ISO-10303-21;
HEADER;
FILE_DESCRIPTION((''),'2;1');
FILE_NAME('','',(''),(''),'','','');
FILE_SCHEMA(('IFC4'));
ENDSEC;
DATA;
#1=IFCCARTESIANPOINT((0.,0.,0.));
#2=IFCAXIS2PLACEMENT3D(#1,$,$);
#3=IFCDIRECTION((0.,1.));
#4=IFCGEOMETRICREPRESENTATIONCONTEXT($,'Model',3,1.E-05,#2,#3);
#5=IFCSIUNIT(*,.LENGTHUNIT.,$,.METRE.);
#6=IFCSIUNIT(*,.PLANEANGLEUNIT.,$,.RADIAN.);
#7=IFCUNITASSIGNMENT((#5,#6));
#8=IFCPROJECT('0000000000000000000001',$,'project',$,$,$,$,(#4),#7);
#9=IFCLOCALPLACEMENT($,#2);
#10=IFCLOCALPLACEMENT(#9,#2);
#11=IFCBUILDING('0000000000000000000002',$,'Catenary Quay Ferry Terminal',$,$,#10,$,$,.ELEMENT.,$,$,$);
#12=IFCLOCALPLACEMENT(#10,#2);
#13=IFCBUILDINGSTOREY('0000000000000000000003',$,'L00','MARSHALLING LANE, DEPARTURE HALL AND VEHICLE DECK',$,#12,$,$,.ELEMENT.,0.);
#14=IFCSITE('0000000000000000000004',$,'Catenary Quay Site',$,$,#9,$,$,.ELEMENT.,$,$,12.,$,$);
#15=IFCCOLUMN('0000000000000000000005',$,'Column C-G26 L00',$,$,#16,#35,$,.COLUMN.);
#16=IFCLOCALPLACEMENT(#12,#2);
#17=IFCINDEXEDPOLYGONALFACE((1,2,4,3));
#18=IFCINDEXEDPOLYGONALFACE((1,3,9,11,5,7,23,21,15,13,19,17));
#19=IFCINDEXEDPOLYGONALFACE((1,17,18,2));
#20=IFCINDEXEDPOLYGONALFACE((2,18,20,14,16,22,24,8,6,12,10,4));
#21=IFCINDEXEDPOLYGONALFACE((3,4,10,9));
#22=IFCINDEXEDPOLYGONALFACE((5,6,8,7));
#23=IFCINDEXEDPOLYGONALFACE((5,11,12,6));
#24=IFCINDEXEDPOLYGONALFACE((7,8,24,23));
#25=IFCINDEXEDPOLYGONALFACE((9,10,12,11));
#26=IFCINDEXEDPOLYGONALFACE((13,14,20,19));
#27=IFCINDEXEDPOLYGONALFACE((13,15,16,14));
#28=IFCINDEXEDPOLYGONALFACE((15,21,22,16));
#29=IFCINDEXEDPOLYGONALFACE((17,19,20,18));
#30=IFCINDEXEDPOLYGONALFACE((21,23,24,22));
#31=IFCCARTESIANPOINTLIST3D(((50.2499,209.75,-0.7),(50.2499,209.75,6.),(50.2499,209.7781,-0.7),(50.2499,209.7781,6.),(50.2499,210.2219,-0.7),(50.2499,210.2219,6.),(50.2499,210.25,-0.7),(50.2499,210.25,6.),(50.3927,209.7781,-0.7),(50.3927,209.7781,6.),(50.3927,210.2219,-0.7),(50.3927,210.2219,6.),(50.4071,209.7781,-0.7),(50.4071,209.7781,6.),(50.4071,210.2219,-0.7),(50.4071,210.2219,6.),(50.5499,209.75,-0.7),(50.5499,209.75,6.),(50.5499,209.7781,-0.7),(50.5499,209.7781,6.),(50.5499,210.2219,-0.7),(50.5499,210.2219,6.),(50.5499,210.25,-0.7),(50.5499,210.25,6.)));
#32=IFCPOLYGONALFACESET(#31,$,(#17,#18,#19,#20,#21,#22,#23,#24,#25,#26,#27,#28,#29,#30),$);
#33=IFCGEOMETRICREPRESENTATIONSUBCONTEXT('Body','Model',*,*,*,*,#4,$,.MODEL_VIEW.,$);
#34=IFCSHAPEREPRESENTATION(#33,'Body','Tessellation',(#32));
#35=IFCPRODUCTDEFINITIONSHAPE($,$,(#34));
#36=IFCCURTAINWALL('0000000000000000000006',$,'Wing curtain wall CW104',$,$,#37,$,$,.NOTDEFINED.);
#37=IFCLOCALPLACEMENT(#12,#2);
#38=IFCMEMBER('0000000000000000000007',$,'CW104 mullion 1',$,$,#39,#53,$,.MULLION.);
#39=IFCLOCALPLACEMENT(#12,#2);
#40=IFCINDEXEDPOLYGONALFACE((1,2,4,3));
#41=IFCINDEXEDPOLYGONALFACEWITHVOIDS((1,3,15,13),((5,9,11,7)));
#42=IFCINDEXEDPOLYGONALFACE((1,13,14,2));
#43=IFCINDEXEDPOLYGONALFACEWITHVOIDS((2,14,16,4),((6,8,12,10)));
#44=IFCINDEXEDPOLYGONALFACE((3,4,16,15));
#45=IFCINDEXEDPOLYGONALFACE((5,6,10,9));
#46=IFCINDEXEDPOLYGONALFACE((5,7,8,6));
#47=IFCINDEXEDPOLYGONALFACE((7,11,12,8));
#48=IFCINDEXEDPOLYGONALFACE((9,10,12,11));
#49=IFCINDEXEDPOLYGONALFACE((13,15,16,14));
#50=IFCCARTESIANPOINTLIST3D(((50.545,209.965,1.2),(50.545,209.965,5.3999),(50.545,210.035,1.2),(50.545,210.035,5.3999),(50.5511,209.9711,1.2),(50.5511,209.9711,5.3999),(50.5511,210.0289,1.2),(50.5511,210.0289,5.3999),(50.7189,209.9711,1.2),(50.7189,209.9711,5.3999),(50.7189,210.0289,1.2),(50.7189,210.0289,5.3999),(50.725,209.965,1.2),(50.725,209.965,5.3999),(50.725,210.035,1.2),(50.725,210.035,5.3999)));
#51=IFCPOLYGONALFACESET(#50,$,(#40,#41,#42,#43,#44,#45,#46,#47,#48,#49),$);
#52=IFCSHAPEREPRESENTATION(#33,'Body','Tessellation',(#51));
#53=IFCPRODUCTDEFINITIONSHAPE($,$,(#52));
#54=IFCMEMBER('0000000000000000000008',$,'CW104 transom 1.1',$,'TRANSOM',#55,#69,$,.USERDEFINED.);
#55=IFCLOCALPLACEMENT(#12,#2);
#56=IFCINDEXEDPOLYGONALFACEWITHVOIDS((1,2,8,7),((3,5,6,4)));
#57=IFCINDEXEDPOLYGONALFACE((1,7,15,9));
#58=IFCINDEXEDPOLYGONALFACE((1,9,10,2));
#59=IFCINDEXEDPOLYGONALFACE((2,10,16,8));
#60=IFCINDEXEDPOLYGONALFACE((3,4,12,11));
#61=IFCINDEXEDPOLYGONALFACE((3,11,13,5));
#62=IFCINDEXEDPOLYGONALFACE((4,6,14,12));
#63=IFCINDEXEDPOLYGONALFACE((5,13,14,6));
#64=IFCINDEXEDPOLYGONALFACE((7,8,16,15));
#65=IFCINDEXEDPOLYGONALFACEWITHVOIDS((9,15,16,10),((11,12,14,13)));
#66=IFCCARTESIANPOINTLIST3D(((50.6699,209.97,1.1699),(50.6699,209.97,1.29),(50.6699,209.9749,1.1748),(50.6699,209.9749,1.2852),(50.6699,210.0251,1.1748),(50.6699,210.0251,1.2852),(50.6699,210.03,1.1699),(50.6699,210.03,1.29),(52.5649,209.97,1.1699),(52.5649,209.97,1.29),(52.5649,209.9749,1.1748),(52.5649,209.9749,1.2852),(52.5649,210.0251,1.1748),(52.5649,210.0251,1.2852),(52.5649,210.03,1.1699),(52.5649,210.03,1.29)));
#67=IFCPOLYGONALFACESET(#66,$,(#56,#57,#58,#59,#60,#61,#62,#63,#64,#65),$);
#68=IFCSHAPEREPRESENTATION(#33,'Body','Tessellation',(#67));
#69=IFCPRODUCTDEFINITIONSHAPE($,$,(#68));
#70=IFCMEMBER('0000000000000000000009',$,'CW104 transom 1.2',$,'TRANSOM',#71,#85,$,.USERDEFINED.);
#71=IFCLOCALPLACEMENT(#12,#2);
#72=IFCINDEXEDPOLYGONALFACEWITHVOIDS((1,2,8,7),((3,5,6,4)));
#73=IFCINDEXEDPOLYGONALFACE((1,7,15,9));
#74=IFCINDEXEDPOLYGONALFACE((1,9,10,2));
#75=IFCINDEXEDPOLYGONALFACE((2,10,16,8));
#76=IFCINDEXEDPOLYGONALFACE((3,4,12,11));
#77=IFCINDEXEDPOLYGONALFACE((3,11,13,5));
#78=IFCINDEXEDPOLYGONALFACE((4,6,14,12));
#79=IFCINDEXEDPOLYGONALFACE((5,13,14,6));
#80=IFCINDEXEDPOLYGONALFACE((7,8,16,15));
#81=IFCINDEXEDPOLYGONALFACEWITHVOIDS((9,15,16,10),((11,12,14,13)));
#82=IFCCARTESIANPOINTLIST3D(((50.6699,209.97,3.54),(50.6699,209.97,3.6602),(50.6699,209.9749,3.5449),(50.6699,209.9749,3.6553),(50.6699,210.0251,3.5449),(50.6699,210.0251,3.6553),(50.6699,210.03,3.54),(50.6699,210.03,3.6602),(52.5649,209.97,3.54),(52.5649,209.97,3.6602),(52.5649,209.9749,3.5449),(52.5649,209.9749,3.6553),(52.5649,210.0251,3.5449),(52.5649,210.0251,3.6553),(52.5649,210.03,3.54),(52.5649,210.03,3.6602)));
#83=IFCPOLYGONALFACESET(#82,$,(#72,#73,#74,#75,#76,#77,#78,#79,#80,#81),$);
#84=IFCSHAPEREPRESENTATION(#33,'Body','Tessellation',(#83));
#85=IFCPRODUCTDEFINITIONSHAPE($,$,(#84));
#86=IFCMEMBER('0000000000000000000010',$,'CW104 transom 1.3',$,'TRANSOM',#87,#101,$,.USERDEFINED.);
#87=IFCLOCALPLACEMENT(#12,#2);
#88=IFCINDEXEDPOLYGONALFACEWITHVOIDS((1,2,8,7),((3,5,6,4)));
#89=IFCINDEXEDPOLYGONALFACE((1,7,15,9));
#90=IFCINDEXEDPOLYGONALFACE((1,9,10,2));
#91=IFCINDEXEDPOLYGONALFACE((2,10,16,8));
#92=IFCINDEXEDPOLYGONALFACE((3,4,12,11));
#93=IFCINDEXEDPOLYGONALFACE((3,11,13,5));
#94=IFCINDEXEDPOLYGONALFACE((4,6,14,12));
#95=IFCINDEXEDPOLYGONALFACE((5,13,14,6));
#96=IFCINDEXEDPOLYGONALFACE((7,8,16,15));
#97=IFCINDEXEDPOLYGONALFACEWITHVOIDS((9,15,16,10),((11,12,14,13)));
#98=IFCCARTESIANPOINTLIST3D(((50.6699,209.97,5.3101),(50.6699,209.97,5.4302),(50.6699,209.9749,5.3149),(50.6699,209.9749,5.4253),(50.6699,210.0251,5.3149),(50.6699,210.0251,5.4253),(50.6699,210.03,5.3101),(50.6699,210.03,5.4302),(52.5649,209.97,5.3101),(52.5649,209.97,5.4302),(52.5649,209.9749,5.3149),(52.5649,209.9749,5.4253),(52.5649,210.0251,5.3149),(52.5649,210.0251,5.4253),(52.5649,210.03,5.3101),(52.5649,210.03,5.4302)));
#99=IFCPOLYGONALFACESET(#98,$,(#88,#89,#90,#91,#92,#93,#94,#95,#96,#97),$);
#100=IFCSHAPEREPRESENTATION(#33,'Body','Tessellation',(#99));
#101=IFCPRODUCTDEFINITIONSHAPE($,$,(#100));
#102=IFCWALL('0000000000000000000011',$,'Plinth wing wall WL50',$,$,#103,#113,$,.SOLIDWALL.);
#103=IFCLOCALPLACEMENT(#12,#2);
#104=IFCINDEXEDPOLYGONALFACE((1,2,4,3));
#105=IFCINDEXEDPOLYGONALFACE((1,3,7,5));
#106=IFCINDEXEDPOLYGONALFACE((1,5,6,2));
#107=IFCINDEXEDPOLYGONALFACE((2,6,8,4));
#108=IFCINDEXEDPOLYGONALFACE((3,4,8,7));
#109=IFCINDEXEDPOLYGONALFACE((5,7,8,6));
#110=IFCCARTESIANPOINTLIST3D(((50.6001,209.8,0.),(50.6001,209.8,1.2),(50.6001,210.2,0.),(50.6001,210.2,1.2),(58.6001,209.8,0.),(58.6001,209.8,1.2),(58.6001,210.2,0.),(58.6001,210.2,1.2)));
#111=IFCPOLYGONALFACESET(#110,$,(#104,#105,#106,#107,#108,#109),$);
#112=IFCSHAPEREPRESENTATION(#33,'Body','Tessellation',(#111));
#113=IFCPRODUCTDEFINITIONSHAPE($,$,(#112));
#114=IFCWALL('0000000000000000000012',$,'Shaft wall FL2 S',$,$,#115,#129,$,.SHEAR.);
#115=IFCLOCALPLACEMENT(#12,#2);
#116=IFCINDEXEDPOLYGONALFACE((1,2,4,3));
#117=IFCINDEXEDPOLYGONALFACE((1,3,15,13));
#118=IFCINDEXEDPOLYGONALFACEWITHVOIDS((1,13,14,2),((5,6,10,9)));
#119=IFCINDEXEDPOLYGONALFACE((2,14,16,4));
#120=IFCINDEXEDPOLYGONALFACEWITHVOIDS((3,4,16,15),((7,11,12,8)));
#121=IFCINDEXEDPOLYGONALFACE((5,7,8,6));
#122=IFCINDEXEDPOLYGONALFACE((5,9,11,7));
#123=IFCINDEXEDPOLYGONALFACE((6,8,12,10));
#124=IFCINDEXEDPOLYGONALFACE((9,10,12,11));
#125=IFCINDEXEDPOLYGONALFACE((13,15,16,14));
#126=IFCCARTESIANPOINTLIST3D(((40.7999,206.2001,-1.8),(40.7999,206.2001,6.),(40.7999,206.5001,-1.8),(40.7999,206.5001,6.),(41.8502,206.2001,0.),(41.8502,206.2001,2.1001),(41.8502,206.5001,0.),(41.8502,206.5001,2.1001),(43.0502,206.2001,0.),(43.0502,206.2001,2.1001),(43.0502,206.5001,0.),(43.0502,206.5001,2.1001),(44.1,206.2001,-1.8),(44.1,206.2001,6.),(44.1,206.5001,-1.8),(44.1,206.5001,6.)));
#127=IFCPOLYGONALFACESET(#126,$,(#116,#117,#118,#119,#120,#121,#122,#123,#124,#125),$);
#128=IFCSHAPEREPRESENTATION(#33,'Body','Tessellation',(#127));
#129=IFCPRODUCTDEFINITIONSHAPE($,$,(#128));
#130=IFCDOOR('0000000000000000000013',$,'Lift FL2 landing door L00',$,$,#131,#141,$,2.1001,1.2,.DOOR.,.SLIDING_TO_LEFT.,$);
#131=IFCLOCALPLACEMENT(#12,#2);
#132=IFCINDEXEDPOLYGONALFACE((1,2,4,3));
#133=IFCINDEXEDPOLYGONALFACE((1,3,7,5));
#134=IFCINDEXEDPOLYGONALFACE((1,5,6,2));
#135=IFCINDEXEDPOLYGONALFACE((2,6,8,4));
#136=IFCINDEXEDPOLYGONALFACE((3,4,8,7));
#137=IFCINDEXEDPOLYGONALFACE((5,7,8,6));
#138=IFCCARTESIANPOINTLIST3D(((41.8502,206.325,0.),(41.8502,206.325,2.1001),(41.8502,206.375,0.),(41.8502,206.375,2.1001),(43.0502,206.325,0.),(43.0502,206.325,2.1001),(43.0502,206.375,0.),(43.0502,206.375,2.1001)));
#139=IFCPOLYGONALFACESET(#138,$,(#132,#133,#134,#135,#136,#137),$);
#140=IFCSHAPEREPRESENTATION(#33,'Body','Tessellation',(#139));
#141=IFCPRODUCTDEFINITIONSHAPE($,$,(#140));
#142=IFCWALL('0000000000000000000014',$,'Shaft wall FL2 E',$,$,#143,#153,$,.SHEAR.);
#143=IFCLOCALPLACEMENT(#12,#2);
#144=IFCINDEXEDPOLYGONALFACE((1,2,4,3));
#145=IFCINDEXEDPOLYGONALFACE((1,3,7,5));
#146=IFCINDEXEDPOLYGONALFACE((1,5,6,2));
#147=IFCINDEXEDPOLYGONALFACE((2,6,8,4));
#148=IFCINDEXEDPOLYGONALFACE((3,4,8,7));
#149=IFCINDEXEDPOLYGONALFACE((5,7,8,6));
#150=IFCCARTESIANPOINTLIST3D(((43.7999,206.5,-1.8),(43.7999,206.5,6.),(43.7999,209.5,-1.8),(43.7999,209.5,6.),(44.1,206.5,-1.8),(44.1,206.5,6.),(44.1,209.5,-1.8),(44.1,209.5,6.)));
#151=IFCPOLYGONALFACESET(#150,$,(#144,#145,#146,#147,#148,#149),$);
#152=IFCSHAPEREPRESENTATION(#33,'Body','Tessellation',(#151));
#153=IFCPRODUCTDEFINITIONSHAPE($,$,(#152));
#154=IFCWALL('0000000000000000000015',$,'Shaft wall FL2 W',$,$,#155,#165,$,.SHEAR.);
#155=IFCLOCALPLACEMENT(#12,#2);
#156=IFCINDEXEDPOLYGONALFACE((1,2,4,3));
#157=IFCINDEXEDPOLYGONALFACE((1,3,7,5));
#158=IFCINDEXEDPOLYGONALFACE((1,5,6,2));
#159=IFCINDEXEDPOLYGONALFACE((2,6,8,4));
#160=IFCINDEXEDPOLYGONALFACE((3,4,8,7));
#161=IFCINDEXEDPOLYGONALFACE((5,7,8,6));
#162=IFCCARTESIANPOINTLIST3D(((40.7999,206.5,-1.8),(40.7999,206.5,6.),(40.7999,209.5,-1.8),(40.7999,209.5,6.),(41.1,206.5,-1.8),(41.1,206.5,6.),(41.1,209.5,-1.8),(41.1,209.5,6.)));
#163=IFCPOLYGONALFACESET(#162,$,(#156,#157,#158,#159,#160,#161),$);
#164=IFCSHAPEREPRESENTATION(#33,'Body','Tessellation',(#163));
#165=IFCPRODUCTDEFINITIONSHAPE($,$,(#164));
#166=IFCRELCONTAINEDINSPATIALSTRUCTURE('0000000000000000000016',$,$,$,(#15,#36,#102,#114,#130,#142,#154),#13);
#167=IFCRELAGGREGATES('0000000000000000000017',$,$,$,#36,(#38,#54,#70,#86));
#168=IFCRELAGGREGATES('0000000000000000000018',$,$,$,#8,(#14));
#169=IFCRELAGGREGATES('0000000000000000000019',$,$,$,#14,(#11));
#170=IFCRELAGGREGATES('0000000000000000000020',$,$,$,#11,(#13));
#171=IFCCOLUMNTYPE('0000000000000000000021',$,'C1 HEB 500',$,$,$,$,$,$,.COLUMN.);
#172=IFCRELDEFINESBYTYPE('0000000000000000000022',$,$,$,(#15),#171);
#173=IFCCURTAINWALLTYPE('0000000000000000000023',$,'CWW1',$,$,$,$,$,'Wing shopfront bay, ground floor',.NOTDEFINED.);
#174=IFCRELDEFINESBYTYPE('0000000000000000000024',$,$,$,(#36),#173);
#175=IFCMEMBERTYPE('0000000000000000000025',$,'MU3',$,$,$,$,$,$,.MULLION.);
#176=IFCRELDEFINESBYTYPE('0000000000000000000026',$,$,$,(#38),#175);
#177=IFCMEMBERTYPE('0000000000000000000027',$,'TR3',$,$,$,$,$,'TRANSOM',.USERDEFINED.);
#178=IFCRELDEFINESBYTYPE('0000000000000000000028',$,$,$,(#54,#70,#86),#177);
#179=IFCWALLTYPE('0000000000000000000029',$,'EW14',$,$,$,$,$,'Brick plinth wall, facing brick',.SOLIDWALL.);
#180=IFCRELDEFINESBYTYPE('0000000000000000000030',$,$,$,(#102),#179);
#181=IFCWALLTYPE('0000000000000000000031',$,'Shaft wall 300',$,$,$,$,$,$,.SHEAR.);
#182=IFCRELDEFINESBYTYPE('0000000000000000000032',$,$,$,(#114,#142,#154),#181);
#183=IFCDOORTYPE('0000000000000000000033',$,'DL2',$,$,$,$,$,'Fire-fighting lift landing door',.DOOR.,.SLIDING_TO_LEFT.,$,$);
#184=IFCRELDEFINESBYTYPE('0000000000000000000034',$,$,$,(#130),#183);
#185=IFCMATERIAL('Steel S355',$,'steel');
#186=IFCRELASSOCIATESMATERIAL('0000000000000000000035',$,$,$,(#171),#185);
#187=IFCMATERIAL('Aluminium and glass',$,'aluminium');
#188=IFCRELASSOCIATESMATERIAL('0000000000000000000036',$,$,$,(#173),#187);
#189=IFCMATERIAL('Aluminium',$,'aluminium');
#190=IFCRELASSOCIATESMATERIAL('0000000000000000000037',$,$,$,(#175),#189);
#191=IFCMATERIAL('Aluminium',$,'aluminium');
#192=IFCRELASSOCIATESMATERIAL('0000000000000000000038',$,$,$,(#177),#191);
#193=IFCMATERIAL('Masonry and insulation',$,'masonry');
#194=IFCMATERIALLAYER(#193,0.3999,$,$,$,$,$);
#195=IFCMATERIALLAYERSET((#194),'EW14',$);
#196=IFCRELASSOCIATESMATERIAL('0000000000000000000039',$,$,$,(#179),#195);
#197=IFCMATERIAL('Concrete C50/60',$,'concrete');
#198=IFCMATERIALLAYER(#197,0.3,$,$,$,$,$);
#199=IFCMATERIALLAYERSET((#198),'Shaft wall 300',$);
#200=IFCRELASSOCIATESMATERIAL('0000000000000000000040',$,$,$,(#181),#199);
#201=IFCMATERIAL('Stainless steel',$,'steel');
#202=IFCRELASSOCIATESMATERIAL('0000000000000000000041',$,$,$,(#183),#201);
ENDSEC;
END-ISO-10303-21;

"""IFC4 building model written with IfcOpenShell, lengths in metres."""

from ifc_helpers import new_model, si_unit, direction, frame, frame_2d, origin, origin_2d, place, context, subcontext, project, spatial, rectangle, hollow_rectangle, i_section, extrude, material, layer, layer_set, material_profile, profile_set, type_object, element, fill, aggregate, save


model = new_model("IFC4")

# Units and contexts
model_context = context("Model", 3, precision=1e-05, world=origin(), true_north=direction((0.0, 1.0)))
body_context = subcontext(model_context, "Body", "Model", "MODEL_VIEW")
ifc_project = project(units=[si_unit("LENGTHUNIT", "METRE"), si_unit("PLANEANGLEUNIT", "RADIAN")], contexts=[model_context])

# Site, building, storey
site_placement = place(None, origin())
site = spatial("IfcSite", under=ifc_project, at=site_placement, Name="Catenary Quay Site", CompositionType="ELEMENT", RefElevation=12.0)
building_placement = place(site_placement, origin())
building = spatial("IfcBuilding", under=site, at=building_placement, Name="Catenary Quay Ferry Terminal", CompositionType="ELEMENT")
storey_placement = place(building_placement, origin())
storey = spatial("IfcBuildingStorey", under=building, at=storey_placement, Name="L00", Description="MARSHALLING LANE, DEPARTURE HALL AND VEHICLE DECK", CompositionType="ELEMENT", Elevation=0.0)

# Column
ifc_material_1 = material(Name="Steel S355", Category="steel")
ifc_material_profile_1 = material_profile(ifc_material_1, i_section(OverallWidth=0.3, OverallDepth=0.5, WebThickness=0.0144, FlangeThickness=0.0281, at=origin_2d()), Name="HEB 500")
ifc_profile_set_1 = profile_set([ifc_material_profile_1], Name="Steel S355")
column_type = type_object("IfcColumnType", Name="C1 HEB 500", PredefinedType="COLUMN", material=ifc_profile_set_1)
column_placement = place(storey_placement, frame((50.3999, 210.0, -0.7), z_axis=(0.0, 0.0, 1.0), x_axis=(1.0, 0.0, 0.0)))
element("IfcColumn", 1, at=column_placement, inside=storey, type_object=column_type, Name="Column C-G26 L00", PredefinedType="COLUMN", context=body_context, shape_type="SweptSolid", body=[
    extrude(i_section(OverallWidth=0.3, OverallDepth=0.5, WebThickness=0.0144, FlangeThickness=0.0281, at=origin_2d()), origin(), (0.0, 0.0, 1.0), 6.7),
])

# Curtain wall, members
ifc_material_2 = material(Name="Aluminium and glass", Category="aluminium")
curtain_wall_type = type_object("IfcCurtainWallType", Name="CWW1", ElementType="Wing shopfront bay, ground floor", PredefinedType="NOTDEFINED", material=ifc_material_2)
curtain_wall_placement = place(storey_placement, origin())
curtain_wall = element("IfcCurtainWall", 2, at=curtain_wall_placement, inside=storey, type_object=curtain_wall_type, Name="Wing curtain wall CW104", PredefinedType="NOTDEFINED")
ifc_material_3 = material(Name="Aluminium", Category="aluminium")
ifc_material_profile_2 = material_profile(ifc_material_3, hollow_rectangle(XDim=0.0701, YDim=0.1799, WallThickness=0.0061, at=origin_2d()), Name="MU3")
ifc_profile_set_2 = profile_set([ifc_material_profile_2], Name="Aluminium")
member_type_1 = type_object("IfcMemberType", Name="MU3", PredefinedType="MULLION", material=ifc_profile_set_2)
member_1_placement = place(storey_placement, frame((50.635, 210.0, 1.2), z_axis=(0.0, 0.0, 1.0), x_axis=(0.0, 1.0, 0.0)))
member_1 = element("IfcMember", 3, at=member_1_placement, type_object=member_type_1, Name="CW104 mullion 1", PredefinedType="MULLION", context=body_context, shape_type="SweptSolid", body=[
    extrude(hollow_rectangle(XDim=0.0701, YDim=0.1799, WallThickness=0.0061, at=origin_2d()), origin(), (0.0, 0.0, 1.0), 4.2),
])
ifc_material_4 = material(Name="Aluminium", Category="aluminium")
ifc_material_profile_3 = material_profile(ifc_material_4, hollow_rectangle(XDim=0.0601, YDim=0.1201, WallThickness=0.0049, at=origin_2d()), Name="TR3")
ifc_profile_set_3 = profile_set([ifc_material_profile_3], Name="Aluminium")
member_type_2 = type_object("IfcMemberType", Name="TR3", ElementType="TRANSOM", PredefinedType="USERDEFINED", material=ifc_profile_set_3)
member_2_placement = place(storey_placement, frame((50.6699, 210.0, 1.23), z_axis=(1.0, 0.0, 0.0), x_axis=(0.0, 1.0, 0.0)))
member_2 = element("IfcMember", 4, at=member_2_placement, type_object=member_type_2, Name="CW104 transom 1.1", ObjectType="TRANSOM", PredefinedType="USERDEFINED", context=body_context, shape_type="SweptSolid", body=[
    extrude(hollow_rectangle(XDim=0.0601, YDim=0.1201, WallThickness=0.0049, at=origin_2d()), origin(), (0.0, 0.0, 1.0), 1.895),
])
member_3_placement = place(storey_placement, frame((50.6699, 210.0, 3.6001), z_axis=(1.0, 0.0, 0.0), x_axis=(0.0, 1.0, 0.0)))
member_3 = element("IfcMember", 5, at=member_3_placement, type_object=member_type_2, Name="CW104 transom 1.2", ObjectType="TRANSOM", PredefinedType="USERDEFINED", context=body_context, shape_type="SweptSolid", body=[
    extrude(hollow_rectangle(XDim=0.0601, YDim=0.1201, WallThickness=0.0049, at=origin_2d()), origin(), (0.0, 0.0, 1.0), 1.895),
])
member_4_placement = place(storey_placement, frame((50.6699, 210.0, 5.3701), z_axis=(1.0, 0.0, 0.0), x_axis=(0.0, 1.0, 0.0)))
member_4 = element("IfcMember", 6, at=member_4_placement, type_object=member_type_2, Name="CW104 transom 1.3", ObjectType="TRANSOM", PredefinedType="USERDEFINED", context=body_context, shape_type="SweptSolid", body=[
    extrude(hollow_rectangle(XDim=0.0601, YDim=0.1201, WallThickness=0.0049, at=origin_2d()), origin(), (0.0, 0.0, 1.0), 1.895),
])
aggregate(curtain_wall, [member_1, member_2, member_3, member_4])

# Wall
ifc_material_5 = material(Name="Masonry and insulation", Category="masonry")
ifc_layer_1 = layer(ifc_material_5, 0.3999)
ifc_layer_set_1 = layer_set([ifc_layer_1], Name="EW14")
wall_type_1 = type_object("IfcWallType", Name="EW14", ElementType="Brick plinth wall, facing brick", PredefinedType="SOLIDWALL", material=ifc_layer_set_1)
wall_1_placement = place(storey_placement, frame((50.6001, 210.0, 0.0), z_axis=(0.0, 0.0, 1.0), x_axis=(1.0, 0.0, 0.0)))
element("IfcWall", 7, at=wall_1_placement, inside=storey, type_object=wall_type_1, Name="Plinth wing wall WL50", PredefinedType="SOLIDWALL", context=body_context, shape_type="SweptSolid", body=[
    extrude(rectangle(XDim=8.0, YDim=0.3999, at=frame_2d((4.0, 0.0))), origin(), (0.0, 0.0, 1.0), 1.2),
])

# Wall, opening, door
ifc_material_6 = material(Name="Concrete C50/60", Category="concrete")
ifc_layer_2 = layer(ifc_material_6, 0.3)
ifc_layer_set_2 = layer_set([ifc_layer_2], Name="Shaft wall 300")
wall_type_2 = type_object("IfcWallType", Name="Shaft wall 300", PredefinedType="SHEAR", material=ifc_layer_set_2)
wall_2_placement = place(storey_placement, frame((40.8, 206.3501, -1.8), z_axis=(0.0, 0.0, 1.0), x_axis=(1.0, 0.0, 0.0)))
wall_2 = element("IfcWall", 8, at=wall_2_placement, inside=storey, type_object=wall_type_2, Name="Shaft wall FL2 S", PredefinedType="SHEAR", context=body_context, shape_type="SweptSolid", body=[
    extrude(rectangle(XDim=3.3, YDim=0.3, at=frame_2d((1.6499, 0.0))), origin(), (0.0, 0.0, 1.0), 7.8),
])
opening_1_placement = place(wall_2_placement, frame((1.05, 0.0, 1.8)))
opening_1 = element("IfcOpeningElement", 9, at=opening_1_placement, cuts=wall_2, PredefinedType="OPENING", context=body_context, shape_type="SweptSolid", body=[
    extrude(rectangle(XDim=1.2, YDim=2.1001, at=frame_2d((0.6001, 1.05))), frame((0.0, 0.1599, 0.0), z_axis=(0.0, -1.0, 0.0), x_axis=(1.0, 0.0, 0.0)), (0.0, 0.0, 1.0), 0.3201),
])
ifc_material_7 = material(Name="Stainless steel", Category="steel")
door_type_1 = type_object("IfcDoorType", Name="DL2", ElementType="Fire-fighting lift landing door", OperationType="SLIDING_TO_LEFT", PredefinedType="DOOR", material=ifc_material_7)
door_1_placement = place(opening_1_placement, origin())
door_1 = element("IfcDoor", 10, at=door_1_placement, inside=storey, type_object=door_type_1, Name="Lift FL2 landing door L00", OperationType="SLIDING_TO_LEFT", OverallHeight=2.1001, OverallWidth=1.2, PredefinedType="DOOR", context=body_context, shape_type="SweptSolid", body=[
    extrude(rectangle(XDim=1.2, YDim=2.1001, at=frame_2d((0.6001, 1.05))), frame((0.0, 0.0249, 0.0), z_axis=(0.0, -1.0, 0.0), x_axis=(1.0, 0.0, 0.0)), (0.0, 0.0, 1.0), 0.05),
])
fill(opening_1, door_1)

# Walls
for number, where, z_axis, x_axis, name in (
    (11, (43.95, 206.5, -1.8), (0.0, 0.0, 1.0), (0.0, 1.0, 0.0), "Shaft wall FL2 E"),
    (12, (40.95, 206.5, -1.8), (0.0, 0.0, 1.0), (0.0, 1.0, 0.0), "Shaft wall FL2 W"),
):
    element("IfcWall", number, at=place(storey_placement, frame(where, z_axis=z_axis, x_axis=x_axis)), inside=storey, type_object=wall_type_2, Name=name, PredefinedType="SHEAR", context=body_context, shape_type="SweptSolid", body=[
        extrude(rectangle(XDim=3.0, YDim=0.3, at=frame_2d((1.5, 0.0))), origin(), (0.0, 0.0, 1.0), 7.8),
    ])

save(model, "model.ifc")
